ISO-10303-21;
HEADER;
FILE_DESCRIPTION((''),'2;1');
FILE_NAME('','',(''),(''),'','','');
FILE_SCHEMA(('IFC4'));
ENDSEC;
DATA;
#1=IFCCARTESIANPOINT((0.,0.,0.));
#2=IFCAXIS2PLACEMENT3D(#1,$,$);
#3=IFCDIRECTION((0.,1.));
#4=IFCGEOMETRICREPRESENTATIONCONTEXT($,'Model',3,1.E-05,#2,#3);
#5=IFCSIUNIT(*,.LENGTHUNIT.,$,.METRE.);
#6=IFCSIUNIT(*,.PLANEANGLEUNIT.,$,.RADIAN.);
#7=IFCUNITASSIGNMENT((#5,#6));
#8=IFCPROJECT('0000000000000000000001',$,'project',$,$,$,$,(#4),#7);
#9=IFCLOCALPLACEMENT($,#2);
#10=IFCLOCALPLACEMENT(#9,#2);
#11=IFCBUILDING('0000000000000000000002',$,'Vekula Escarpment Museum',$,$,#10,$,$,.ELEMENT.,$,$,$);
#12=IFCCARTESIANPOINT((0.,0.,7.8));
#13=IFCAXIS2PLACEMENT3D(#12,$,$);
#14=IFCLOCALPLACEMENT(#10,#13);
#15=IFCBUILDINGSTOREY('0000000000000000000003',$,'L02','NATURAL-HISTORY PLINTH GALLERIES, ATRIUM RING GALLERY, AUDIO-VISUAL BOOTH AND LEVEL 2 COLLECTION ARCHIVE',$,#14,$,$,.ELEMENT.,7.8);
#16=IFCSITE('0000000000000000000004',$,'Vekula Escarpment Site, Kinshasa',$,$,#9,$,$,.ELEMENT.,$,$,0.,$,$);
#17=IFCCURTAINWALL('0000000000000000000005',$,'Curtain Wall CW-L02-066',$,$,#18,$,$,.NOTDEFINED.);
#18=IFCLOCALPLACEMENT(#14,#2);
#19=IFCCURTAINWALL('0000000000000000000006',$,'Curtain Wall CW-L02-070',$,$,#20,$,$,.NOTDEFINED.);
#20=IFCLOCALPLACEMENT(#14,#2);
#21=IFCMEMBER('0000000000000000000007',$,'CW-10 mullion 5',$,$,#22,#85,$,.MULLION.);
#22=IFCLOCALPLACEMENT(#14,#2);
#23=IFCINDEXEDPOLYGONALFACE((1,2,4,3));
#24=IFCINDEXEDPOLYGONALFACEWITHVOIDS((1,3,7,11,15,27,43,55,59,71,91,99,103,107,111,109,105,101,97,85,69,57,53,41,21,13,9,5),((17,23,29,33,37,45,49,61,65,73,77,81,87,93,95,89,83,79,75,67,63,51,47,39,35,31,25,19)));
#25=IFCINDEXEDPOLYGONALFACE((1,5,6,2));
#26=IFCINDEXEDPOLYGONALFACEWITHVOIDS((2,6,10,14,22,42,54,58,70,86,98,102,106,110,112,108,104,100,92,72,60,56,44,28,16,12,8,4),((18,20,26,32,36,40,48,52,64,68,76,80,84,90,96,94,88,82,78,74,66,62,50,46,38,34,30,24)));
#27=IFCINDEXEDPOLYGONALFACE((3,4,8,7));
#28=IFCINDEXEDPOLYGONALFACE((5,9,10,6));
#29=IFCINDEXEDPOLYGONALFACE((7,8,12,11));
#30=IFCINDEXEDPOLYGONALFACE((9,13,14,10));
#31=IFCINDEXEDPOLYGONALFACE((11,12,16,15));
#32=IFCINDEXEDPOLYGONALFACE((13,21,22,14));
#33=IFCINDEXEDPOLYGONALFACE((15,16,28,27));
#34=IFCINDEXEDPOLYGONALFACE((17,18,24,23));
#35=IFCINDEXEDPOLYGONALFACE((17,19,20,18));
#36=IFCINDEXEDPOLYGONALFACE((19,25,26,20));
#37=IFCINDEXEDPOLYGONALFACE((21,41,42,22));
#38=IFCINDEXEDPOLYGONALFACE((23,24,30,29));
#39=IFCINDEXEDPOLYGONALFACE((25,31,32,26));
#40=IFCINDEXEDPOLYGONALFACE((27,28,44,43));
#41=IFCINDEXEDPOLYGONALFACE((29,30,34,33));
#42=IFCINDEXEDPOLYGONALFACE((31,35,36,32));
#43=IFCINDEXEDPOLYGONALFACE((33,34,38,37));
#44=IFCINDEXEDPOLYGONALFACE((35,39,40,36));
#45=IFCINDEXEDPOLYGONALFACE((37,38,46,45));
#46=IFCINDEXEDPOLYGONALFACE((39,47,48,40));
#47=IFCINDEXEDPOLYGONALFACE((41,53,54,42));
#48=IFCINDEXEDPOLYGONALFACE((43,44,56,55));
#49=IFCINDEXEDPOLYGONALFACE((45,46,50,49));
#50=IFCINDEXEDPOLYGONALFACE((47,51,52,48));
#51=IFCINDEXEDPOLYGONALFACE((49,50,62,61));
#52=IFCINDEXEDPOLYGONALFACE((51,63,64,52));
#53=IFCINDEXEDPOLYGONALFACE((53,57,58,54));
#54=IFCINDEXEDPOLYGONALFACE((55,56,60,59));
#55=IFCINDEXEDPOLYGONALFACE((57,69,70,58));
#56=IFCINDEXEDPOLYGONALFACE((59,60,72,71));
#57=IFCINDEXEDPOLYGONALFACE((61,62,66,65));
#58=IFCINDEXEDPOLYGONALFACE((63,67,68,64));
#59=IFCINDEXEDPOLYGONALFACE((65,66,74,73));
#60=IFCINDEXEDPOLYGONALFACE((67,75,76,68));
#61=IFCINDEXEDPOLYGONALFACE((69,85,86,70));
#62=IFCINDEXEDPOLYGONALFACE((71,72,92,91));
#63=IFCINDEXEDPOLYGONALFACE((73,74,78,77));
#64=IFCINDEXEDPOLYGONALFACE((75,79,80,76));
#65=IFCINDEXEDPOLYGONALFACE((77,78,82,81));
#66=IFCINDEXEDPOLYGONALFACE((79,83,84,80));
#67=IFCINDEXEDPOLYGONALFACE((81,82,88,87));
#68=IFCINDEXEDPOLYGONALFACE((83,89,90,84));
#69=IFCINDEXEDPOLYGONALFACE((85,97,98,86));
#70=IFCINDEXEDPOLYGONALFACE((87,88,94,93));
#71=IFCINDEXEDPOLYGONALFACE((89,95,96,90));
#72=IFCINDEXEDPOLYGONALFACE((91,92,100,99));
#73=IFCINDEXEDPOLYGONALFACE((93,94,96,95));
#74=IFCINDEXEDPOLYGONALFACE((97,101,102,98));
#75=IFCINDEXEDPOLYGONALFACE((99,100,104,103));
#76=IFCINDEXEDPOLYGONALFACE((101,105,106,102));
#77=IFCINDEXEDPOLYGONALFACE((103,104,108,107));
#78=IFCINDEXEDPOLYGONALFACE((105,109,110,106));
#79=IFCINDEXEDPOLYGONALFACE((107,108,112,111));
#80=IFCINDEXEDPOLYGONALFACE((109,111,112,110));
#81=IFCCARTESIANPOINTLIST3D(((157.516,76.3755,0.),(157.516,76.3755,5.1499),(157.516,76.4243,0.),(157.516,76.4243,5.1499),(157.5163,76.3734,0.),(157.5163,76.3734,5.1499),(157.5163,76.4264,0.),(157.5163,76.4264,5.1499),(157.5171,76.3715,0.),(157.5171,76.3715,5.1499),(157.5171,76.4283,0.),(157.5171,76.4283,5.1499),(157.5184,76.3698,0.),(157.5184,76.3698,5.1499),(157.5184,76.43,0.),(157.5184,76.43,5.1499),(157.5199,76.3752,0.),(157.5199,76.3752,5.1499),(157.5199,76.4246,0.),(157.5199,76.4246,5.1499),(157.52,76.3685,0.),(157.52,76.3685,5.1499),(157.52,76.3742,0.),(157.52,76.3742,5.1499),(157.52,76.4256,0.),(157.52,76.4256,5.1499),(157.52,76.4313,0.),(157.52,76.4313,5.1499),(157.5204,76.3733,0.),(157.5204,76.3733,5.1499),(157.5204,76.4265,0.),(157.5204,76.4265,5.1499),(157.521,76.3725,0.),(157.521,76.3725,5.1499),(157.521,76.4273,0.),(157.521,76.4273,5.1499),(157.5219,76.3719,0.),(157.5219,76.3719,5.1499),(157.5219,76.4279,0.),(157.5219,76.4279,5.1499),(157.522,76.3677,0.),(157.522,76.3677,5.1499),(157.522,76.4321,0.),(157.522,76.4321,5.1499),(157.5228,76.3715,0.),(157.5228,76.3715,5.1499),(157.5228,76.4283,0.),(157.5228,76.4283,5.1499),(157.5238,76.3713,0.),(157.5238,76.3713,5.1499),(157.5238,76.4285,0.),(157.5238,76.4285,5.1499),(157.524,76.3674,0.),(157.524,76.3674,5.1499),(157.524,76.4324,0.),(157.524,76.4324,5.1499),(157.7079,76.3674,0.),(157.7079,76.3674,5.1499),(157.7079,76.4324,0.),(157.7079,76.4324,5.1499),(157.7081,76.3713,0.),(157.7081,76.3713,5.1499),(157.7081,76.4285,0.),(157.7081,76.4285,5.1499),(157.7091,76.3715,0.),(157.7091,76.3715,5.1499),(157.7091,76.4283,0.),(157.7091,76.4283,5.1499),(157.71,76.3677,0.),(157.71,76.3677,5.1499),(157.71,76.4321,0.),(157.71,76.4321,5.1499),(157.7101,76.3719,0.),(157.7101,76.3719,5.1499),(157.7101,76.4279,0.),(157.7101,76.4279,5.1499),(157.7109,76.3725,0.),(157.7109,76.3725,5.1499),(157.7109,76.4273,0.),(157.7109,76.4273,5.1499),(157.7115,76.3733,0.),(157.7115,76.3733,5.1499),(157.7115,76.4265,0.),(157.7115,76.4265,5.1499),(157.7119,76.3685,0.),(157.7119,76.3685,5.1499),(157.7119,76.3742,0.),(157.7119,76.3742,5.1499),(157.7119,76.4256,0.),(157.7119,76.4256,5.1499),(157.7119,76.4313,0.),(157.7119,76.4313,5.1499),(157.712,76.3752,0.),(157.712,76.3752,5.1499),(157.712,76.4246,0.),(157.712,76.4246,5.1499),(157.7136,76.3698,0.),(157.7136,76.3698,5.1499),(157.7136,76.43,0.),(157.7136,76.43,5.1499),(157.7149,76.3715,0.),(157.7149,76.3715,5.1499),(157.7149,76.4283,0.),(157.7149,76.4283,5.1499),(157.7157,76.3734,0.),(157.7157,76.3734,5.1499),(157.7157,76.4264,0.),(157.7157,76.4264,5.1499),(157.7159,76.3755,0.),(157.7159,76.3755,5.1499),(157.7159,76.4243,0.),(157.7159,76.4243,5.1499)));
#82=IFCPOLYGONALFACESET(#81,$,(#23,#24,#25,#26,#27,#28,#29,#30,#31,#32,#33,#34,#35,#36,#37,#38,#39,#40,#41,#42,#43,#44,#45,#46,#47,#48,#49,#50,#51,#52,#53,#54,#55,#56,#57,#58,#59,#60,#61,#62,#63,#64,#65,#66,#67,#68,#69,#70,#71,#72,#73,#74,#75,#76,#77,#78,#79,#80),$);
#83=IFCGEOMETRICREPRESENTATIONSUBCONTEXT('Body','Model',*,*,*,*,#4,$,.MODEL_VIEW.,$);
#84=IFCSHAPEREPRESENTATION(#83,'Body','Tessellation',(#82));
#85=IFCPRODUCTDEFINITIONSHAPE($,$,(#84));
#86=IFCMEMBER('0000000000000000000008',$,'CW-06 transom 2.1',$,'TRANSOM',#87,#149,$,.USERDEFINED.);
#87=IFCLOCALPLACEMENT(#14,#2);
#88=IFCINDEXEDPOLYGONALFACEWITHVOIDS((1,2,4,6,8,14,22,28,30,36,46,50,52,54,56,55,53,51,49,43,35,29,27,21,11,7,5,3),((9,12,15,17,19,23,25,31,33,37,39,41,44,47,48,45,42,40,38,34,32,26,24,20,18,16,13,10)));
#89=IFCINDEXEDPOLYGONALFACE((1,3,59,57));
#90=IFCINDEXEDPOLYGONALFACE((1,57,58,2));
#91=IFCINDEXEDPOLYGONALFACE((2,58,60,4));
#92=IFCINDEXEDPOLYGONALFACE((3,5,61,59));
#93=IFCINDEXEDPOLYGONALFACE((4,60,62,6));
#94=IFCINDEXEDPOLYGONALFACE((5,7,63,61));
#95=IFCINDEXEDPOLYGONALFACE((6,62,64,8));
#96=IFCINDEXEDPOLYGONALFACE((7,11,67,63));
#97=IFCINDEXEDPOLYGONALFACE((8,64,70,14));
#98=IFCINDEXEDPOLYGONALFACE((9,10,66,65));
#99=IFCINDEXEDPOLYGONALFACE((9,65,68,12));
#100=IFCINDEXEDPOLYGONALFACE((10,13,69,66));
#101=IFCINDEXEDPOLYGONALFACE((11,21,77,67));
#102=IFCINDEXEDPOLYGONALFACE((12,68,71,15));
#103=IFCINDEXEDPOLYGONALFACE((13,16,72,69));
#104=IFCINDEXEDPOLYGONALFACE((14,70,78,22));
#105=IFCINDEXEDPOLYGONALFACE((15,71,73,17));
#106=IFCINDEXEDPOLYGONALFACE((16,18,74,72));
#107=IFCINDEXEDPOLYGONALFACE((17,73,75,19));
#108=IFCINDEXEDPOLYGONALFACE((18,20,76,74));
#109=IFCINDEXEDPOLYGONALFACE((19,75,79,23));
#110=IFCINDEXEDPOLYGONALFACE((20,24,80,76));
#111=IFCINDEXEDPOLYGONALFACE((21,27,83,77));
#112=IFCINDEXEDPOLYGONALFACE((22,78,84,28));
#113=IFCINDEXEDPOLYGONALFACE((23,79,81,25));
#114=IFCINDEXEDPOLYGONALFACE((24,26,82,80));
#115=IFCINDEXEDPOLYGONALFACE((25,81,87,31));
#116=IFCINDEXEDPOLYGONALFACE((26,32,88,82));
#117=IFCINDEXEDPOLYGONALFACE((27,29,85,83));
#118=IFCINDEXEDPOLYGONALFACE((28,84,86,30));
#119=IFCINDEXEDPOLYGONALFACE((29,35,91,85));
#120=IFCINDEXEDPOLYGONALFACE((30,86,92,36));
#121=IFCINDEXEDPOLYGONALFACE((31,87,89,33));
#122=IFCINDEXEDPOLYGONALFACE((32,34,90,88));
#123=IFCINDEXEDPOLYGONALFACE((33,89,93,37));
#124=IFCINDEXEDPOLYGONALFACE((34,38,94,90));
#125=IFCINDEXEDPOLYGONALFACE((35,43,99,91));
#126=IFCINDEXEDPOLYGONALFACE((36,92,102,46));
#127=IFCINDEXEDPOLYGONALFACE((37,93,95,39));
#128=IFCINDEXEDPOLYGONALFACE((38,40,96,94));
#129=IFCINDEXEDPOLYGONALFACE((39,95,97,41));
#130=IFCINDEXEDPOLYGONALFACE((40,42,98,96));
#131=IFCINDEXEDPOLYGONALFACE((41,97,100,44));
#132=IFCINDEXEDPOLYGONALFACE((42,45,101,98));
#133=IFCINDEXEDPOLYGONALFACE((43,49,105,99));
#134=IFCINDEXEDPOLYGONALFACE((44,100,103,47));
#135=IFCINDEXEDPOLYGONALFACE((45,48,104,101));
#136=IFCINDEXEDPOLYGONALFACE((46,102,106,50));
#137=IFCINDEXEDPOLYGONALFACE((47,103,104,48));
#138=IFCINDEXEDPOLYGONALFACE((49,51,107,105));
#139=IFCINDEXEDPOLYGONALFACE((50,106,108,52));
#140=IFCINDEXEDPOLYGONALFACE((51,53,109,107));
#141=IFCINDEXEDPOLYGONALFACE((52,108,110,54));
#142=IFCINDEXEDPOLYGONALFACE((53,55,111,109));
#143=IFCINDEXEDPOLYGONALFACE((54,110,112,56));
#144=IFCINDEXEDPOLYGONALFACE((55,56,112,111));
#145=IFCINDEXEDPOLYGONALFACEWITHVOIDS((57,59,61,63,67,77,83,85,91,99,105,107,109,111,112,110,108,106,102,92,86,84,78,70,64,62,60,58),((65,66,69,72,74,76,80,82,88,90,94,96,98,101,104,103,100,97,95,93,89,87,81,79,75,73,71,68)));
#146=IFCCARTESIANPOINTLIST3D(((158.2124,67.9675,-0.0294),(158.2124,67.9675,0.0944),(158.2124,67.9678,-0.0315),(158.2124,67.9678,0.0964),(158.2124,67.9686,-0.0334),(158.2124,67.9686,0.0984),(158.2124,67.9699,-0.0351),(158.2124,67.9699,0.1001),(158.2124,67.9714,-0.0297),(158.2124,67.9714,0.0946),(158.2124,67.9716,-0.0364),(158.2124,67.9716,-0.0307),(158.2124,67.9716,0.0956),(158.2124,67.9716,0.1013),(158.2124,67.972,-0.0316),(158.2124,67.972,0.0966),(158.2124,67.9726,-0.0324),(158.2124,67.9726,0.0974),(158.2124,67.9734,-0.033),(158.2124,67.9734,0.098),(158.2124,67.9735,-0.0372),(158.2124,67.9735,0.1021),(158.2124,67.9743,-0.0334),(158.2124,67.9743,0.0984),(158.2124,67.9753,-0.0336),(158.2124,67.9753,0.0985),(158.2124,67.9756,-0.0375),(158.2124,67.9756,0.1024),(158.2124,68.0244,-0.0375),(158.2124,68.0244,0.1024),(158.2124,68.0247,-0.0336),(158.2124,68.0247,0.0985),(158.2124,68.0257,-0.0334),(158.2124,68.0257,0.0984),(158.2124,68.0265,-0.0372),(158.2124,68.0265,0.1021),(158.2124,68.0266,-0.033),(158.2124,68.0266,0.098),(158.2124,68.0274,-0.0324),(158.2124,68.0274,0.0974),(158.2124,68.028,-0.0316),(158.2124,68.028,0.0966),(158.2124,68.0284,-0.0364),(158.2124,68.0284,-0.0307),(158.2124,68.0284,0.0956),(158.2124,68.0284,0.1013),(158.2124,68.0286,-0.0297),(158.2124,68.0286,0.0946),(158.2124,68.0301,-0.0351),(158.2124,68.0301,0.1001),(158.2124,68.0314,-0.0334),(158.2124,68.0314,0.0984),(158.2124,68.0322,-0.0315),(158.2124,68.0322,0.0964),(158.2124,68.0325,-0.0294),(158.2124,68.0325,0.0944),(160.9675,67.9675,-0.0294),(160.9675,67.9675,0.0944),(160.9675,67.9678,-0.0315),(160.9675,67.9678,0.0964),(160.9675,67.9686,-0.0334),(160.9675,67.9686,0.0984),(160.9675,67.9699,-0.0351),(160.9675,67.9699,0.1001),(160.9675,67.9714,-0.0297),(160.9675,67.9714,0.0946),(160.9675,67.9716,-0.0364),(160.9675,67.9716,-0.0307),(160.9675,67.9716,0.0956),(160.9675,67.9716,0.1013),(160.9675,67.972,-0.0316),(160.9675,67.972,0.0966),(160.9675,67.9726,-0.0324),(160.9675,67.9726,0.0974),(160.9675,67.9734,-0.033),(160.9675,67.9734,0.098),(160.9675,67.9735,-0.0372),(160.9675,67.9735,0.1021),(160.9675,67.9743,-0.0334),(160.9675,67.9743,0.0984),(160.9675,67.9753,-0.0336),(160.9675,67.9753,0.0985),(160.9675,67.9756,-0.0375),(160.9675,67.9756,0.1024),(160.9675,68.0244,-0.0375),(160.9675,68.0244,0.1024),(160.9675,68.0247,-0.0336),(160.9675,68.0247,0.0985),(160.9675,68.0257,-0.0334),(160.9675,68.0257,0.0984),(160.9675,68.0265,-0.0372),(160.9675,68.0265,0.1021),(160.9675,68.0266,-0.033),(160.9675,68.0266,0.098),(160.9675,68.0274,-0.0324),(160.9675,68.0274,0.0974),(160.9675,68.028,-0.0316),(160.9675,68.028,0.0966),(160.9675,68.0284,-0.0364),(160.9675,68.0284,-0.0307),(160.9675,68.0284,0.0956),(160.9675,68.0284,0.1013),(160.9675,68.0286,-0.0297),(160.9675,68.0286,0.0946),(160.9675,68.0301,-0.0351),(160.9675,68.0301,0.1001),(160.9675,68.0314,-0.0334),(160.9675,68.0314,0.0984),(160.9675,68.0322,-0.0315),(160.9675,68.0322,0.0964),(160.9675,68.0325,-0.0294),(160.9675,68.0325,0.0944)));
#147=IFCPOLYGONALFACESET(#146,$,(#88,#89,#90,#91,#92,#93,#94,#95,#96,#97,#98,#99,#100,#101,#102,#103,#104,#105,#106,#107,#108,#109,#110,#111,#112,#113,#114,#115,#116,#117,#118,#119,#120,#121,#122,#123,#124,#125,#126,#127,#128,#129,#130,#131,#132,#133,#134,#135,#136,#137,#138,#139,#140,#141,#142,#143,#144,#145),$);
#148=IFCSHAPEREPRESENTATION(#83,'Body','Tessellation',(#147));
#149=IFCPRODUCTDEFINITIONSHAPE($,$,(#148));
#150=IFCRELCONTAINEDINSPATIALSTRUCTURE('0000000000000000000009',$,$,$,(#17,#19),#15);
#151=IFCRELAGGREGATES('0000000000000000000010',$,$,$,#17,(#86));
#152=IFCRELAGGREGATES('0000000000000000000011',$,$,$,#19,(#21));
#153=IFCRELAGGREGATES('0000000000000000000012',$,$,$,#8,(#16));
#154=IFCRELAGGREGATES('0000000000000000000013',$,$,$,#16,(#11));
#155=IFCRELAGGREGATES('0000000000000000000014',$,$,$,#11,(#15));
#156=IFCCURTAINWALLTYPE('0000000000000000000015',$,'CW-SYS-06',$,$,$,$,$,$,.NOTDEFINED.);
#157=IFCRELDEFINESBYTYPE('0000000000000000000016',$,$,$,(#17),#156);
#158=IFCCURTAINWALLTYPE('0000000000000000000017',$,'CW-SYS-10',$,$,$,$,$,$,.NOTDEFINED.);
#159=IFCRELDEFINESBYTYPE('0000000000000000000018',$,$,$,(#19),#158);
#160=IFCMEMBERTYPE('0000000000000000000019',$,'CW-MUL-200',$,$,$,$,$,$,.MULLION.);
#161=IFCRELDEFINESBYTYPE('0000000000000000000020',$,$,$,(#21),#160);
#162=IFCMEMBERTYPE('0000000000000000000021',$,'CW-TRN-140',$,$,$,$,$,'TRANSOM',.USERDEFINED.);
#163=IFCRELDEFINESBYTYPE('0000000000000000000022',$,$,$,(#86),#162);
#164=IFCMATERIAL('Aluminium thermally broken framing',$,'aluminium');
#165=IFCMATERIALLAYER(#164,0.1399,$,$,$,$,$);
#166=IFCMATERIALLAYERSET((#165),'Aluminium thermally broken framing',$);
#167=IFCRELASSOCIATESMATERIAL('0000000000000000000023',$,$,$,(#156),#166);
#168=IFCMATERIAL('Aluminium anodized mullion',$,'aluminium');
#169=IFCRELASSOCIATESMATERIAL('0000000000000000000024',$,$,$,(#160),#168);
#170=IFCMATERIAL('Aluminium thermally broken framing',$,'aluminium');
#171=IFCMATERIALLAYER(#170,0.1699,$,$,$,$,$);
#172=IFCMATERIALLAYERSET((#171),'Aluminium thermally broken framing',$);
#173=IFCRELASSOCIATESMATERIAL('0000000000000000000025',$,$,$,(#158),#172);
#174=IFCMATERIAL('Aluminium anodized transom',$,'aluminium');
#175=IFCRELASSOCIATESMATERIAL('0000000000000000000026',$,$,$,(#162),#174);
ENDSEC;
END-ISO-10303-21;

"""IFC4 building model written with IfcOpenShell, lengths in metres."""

from ifc_helpers import new_model, si_unit, direction, frame, origin, origin_2d, place, context, subcontext, project, spatial, hollow_rectangle, extrude, material, layer, layer_set, material_profile, profile_set, type_object, element, aggregate, save


model = new_model("IFC4")

# Units and contexts
model_context = context("Model", 3, precision=1e-05, world=origin(), true_north=direction((0.0, 1.0)))
body_context = subcontext(model_context, "Body", "Model", "MODEL_VIEW")
ifc_project = project(units=[si_unit("LENGTHUNIT", "METRE"), si_unit("PLANEANGLEUNIT", "RADIAN")], contexts=[model_context])

# Site, building, storey
site_placement = place(None, origin())
site = spatial("IfcSite", under=ifc_project, at=site_placement, Name="Vekula Escarpment Site, Kinshasa", CompositionType="ELEMENT", RefElevation=0.0)
building_placement = place(site_placement, origin())
building = spatial("IfcBuilding", under=site, at=building_placement, Name="Vekula Escarpment Museum", CompositionType="ELEMENT")
storey_placement = place(building_placement, frame((0.0, 0.0, 7.8)))
storey = spatial("IfcBuildingStorey", under=building, at=storey_placement, Name="L02", Description="NATURAL-HISTORY PLINTH GALLERIES, ATRIUM RING GALLERY, AUDIO-VISUAL BOOTH AND LEVEL 2 COLLECTION ARCHIVE", CompositionType="ELEMENT", Elevation=7.8)

# Curtain wall
ifc_material_1 = material(Name="Aluminium thermally broken framing", Category="aluminium")
ifc_layer_1 = layer(ifc_material_1, 0.1399)
ifc_layer_set_1 = layer_set([ifc_layer_1], Name="Aluminium thermally broken framing")
curtain_wall_type_1 = type_object("IfcCurtainWallType", Name="CW-SYS-06", PredefinedType="NOTDEFINED", material=ifc_layer_set_1)
curtain_wall_1_placement = place(storey_placement, origin())
curtain_wall_1 = element("IfcCurtainWall", 1, at=curtain_wall_1_placement, inside=storey, type_object=curtain_wall_type_1, Name="Curtain Wall CW-L02-066", PredefinedType="NOTDEFINED")
ifc_material_2 = material(Name="Aluminium anodized mullion", Category="aluminium")
ifc_material_profile_1 = material_profile(ifc_material_2, hollow_rectangle(XDim=0.0649, YDim=0.2, WallThickness=0.0039, InnerFilletRadius=0.0039, OuterFilletRadius=0.0081, at=origin_2d()), Name="ALU 200x65x4")
ifc_profile_set_1 = profile_set([ifc_material_profile_1], Name="Aluminium anodized mullion")
member_type_1 = type_object("IfcMemberType", Name="CW-MUL-200", PredefinedType="MULLION", material=ifc_profile_set_1)

# Curtain wall, member
ifc_material_3 = material(Name="Aluminium thermally broken framing", Category="aluminium")
ifc_layer_2 = layer(ifc_material_3, 0.1699)
ifc_layer_set_2 = layer_set([ifc_layer_2], Name="Aluminium thermally broken framing")
curtain_wall_type_2 = type_object("IfcCurtainWallType", Name="CW-SYS-10", PredefinedType="NOTDEFINED", material=ifc_layer_set_2)
curtain_wall_2_placement = place(storey_placement, origin())
curtain_wall_2 = element("IfcCurtainWall", 2, at=curtain_wall_2_placement, inside=storey, type_object=curtain_wall_type_2, Name="Curtain Wall CW-L02-070", PredefinedType="NOTDEFINED")
member_1_placement = place(storey_placement, frame((157.616, 76.3999, 0.0), z_axis=(0.0, 0.0, 1.0), x_axis=(0.0, -1.0, 0.0)))
member_1 = element("IfcMember", 3, at=member_1_placement, type_object=member_type_1, Name="CW-10 mullion 5", PredefinedType="MULLION", context=body_context, shape_type="SweptSolid", body=[
    extrude(hollow_rectangle(XDim=0.0649, YDim=0.2, WallThickness=0.0039, InnerFilletRadius=0.0039, OuterFilletRadius=0.0081, at=origin_2d()), origin(), (0.0, 0.0, 1.0), 5.1499),
])

# Member
ifc_material_4 = material(Name="Aluminium anodized transom", Category="aluminium")
ifc_material_profile_2 = material_profile(ifc_material_4, hollow_rectangle(XDim=0.0649, YDim=0.1399, WallThickness=0.0039, InnerFilletRadius=0.0039, OuterFilletRadius=0.0081, at=origin_2d()), Name="ALU 140x65x4")
ifc_profile_set_2 = profile_set([ifc_material_profile_2], Name="Aluminium anodized transom")
member_type_2 = type_object("IfcMemberType", Name="CW-TRN-140", ElementType="TRANSOM", PredefinedType="USERDEFINED", material=ifc_profile_set_2)
member_2_placement = place(storey_placement, frame((158.2124, 68.0, 0.0325), z_axis=(1.0, 0.0, 0.0), x_axis=(0.0, 1.0, 0.0)))
member_2 = element("IfcMember", 4, at=member_2_placement, type_object=member_type_2, Name="CW-06 transom 2.1", ObjectType="TRANSOM", PredefinedType="USERDEFINED", context=body_context, shape_type="SweptSolid", body=[
    extrude(hollow_rectangle(XDim=0.0649, YDim=0.1399, WallThickness=0.0039, InnerFilletRadius=0.0039, OuterFilletRadius=0.0081, at=origin_2d()), origin(), (0.0, 0.0, 1.0), 2.7551),
])

aggregate(curtain_wall_1, [member_2])
aggregate(curtain_wall_2, [member_1])

save(model, "model.ifc")
